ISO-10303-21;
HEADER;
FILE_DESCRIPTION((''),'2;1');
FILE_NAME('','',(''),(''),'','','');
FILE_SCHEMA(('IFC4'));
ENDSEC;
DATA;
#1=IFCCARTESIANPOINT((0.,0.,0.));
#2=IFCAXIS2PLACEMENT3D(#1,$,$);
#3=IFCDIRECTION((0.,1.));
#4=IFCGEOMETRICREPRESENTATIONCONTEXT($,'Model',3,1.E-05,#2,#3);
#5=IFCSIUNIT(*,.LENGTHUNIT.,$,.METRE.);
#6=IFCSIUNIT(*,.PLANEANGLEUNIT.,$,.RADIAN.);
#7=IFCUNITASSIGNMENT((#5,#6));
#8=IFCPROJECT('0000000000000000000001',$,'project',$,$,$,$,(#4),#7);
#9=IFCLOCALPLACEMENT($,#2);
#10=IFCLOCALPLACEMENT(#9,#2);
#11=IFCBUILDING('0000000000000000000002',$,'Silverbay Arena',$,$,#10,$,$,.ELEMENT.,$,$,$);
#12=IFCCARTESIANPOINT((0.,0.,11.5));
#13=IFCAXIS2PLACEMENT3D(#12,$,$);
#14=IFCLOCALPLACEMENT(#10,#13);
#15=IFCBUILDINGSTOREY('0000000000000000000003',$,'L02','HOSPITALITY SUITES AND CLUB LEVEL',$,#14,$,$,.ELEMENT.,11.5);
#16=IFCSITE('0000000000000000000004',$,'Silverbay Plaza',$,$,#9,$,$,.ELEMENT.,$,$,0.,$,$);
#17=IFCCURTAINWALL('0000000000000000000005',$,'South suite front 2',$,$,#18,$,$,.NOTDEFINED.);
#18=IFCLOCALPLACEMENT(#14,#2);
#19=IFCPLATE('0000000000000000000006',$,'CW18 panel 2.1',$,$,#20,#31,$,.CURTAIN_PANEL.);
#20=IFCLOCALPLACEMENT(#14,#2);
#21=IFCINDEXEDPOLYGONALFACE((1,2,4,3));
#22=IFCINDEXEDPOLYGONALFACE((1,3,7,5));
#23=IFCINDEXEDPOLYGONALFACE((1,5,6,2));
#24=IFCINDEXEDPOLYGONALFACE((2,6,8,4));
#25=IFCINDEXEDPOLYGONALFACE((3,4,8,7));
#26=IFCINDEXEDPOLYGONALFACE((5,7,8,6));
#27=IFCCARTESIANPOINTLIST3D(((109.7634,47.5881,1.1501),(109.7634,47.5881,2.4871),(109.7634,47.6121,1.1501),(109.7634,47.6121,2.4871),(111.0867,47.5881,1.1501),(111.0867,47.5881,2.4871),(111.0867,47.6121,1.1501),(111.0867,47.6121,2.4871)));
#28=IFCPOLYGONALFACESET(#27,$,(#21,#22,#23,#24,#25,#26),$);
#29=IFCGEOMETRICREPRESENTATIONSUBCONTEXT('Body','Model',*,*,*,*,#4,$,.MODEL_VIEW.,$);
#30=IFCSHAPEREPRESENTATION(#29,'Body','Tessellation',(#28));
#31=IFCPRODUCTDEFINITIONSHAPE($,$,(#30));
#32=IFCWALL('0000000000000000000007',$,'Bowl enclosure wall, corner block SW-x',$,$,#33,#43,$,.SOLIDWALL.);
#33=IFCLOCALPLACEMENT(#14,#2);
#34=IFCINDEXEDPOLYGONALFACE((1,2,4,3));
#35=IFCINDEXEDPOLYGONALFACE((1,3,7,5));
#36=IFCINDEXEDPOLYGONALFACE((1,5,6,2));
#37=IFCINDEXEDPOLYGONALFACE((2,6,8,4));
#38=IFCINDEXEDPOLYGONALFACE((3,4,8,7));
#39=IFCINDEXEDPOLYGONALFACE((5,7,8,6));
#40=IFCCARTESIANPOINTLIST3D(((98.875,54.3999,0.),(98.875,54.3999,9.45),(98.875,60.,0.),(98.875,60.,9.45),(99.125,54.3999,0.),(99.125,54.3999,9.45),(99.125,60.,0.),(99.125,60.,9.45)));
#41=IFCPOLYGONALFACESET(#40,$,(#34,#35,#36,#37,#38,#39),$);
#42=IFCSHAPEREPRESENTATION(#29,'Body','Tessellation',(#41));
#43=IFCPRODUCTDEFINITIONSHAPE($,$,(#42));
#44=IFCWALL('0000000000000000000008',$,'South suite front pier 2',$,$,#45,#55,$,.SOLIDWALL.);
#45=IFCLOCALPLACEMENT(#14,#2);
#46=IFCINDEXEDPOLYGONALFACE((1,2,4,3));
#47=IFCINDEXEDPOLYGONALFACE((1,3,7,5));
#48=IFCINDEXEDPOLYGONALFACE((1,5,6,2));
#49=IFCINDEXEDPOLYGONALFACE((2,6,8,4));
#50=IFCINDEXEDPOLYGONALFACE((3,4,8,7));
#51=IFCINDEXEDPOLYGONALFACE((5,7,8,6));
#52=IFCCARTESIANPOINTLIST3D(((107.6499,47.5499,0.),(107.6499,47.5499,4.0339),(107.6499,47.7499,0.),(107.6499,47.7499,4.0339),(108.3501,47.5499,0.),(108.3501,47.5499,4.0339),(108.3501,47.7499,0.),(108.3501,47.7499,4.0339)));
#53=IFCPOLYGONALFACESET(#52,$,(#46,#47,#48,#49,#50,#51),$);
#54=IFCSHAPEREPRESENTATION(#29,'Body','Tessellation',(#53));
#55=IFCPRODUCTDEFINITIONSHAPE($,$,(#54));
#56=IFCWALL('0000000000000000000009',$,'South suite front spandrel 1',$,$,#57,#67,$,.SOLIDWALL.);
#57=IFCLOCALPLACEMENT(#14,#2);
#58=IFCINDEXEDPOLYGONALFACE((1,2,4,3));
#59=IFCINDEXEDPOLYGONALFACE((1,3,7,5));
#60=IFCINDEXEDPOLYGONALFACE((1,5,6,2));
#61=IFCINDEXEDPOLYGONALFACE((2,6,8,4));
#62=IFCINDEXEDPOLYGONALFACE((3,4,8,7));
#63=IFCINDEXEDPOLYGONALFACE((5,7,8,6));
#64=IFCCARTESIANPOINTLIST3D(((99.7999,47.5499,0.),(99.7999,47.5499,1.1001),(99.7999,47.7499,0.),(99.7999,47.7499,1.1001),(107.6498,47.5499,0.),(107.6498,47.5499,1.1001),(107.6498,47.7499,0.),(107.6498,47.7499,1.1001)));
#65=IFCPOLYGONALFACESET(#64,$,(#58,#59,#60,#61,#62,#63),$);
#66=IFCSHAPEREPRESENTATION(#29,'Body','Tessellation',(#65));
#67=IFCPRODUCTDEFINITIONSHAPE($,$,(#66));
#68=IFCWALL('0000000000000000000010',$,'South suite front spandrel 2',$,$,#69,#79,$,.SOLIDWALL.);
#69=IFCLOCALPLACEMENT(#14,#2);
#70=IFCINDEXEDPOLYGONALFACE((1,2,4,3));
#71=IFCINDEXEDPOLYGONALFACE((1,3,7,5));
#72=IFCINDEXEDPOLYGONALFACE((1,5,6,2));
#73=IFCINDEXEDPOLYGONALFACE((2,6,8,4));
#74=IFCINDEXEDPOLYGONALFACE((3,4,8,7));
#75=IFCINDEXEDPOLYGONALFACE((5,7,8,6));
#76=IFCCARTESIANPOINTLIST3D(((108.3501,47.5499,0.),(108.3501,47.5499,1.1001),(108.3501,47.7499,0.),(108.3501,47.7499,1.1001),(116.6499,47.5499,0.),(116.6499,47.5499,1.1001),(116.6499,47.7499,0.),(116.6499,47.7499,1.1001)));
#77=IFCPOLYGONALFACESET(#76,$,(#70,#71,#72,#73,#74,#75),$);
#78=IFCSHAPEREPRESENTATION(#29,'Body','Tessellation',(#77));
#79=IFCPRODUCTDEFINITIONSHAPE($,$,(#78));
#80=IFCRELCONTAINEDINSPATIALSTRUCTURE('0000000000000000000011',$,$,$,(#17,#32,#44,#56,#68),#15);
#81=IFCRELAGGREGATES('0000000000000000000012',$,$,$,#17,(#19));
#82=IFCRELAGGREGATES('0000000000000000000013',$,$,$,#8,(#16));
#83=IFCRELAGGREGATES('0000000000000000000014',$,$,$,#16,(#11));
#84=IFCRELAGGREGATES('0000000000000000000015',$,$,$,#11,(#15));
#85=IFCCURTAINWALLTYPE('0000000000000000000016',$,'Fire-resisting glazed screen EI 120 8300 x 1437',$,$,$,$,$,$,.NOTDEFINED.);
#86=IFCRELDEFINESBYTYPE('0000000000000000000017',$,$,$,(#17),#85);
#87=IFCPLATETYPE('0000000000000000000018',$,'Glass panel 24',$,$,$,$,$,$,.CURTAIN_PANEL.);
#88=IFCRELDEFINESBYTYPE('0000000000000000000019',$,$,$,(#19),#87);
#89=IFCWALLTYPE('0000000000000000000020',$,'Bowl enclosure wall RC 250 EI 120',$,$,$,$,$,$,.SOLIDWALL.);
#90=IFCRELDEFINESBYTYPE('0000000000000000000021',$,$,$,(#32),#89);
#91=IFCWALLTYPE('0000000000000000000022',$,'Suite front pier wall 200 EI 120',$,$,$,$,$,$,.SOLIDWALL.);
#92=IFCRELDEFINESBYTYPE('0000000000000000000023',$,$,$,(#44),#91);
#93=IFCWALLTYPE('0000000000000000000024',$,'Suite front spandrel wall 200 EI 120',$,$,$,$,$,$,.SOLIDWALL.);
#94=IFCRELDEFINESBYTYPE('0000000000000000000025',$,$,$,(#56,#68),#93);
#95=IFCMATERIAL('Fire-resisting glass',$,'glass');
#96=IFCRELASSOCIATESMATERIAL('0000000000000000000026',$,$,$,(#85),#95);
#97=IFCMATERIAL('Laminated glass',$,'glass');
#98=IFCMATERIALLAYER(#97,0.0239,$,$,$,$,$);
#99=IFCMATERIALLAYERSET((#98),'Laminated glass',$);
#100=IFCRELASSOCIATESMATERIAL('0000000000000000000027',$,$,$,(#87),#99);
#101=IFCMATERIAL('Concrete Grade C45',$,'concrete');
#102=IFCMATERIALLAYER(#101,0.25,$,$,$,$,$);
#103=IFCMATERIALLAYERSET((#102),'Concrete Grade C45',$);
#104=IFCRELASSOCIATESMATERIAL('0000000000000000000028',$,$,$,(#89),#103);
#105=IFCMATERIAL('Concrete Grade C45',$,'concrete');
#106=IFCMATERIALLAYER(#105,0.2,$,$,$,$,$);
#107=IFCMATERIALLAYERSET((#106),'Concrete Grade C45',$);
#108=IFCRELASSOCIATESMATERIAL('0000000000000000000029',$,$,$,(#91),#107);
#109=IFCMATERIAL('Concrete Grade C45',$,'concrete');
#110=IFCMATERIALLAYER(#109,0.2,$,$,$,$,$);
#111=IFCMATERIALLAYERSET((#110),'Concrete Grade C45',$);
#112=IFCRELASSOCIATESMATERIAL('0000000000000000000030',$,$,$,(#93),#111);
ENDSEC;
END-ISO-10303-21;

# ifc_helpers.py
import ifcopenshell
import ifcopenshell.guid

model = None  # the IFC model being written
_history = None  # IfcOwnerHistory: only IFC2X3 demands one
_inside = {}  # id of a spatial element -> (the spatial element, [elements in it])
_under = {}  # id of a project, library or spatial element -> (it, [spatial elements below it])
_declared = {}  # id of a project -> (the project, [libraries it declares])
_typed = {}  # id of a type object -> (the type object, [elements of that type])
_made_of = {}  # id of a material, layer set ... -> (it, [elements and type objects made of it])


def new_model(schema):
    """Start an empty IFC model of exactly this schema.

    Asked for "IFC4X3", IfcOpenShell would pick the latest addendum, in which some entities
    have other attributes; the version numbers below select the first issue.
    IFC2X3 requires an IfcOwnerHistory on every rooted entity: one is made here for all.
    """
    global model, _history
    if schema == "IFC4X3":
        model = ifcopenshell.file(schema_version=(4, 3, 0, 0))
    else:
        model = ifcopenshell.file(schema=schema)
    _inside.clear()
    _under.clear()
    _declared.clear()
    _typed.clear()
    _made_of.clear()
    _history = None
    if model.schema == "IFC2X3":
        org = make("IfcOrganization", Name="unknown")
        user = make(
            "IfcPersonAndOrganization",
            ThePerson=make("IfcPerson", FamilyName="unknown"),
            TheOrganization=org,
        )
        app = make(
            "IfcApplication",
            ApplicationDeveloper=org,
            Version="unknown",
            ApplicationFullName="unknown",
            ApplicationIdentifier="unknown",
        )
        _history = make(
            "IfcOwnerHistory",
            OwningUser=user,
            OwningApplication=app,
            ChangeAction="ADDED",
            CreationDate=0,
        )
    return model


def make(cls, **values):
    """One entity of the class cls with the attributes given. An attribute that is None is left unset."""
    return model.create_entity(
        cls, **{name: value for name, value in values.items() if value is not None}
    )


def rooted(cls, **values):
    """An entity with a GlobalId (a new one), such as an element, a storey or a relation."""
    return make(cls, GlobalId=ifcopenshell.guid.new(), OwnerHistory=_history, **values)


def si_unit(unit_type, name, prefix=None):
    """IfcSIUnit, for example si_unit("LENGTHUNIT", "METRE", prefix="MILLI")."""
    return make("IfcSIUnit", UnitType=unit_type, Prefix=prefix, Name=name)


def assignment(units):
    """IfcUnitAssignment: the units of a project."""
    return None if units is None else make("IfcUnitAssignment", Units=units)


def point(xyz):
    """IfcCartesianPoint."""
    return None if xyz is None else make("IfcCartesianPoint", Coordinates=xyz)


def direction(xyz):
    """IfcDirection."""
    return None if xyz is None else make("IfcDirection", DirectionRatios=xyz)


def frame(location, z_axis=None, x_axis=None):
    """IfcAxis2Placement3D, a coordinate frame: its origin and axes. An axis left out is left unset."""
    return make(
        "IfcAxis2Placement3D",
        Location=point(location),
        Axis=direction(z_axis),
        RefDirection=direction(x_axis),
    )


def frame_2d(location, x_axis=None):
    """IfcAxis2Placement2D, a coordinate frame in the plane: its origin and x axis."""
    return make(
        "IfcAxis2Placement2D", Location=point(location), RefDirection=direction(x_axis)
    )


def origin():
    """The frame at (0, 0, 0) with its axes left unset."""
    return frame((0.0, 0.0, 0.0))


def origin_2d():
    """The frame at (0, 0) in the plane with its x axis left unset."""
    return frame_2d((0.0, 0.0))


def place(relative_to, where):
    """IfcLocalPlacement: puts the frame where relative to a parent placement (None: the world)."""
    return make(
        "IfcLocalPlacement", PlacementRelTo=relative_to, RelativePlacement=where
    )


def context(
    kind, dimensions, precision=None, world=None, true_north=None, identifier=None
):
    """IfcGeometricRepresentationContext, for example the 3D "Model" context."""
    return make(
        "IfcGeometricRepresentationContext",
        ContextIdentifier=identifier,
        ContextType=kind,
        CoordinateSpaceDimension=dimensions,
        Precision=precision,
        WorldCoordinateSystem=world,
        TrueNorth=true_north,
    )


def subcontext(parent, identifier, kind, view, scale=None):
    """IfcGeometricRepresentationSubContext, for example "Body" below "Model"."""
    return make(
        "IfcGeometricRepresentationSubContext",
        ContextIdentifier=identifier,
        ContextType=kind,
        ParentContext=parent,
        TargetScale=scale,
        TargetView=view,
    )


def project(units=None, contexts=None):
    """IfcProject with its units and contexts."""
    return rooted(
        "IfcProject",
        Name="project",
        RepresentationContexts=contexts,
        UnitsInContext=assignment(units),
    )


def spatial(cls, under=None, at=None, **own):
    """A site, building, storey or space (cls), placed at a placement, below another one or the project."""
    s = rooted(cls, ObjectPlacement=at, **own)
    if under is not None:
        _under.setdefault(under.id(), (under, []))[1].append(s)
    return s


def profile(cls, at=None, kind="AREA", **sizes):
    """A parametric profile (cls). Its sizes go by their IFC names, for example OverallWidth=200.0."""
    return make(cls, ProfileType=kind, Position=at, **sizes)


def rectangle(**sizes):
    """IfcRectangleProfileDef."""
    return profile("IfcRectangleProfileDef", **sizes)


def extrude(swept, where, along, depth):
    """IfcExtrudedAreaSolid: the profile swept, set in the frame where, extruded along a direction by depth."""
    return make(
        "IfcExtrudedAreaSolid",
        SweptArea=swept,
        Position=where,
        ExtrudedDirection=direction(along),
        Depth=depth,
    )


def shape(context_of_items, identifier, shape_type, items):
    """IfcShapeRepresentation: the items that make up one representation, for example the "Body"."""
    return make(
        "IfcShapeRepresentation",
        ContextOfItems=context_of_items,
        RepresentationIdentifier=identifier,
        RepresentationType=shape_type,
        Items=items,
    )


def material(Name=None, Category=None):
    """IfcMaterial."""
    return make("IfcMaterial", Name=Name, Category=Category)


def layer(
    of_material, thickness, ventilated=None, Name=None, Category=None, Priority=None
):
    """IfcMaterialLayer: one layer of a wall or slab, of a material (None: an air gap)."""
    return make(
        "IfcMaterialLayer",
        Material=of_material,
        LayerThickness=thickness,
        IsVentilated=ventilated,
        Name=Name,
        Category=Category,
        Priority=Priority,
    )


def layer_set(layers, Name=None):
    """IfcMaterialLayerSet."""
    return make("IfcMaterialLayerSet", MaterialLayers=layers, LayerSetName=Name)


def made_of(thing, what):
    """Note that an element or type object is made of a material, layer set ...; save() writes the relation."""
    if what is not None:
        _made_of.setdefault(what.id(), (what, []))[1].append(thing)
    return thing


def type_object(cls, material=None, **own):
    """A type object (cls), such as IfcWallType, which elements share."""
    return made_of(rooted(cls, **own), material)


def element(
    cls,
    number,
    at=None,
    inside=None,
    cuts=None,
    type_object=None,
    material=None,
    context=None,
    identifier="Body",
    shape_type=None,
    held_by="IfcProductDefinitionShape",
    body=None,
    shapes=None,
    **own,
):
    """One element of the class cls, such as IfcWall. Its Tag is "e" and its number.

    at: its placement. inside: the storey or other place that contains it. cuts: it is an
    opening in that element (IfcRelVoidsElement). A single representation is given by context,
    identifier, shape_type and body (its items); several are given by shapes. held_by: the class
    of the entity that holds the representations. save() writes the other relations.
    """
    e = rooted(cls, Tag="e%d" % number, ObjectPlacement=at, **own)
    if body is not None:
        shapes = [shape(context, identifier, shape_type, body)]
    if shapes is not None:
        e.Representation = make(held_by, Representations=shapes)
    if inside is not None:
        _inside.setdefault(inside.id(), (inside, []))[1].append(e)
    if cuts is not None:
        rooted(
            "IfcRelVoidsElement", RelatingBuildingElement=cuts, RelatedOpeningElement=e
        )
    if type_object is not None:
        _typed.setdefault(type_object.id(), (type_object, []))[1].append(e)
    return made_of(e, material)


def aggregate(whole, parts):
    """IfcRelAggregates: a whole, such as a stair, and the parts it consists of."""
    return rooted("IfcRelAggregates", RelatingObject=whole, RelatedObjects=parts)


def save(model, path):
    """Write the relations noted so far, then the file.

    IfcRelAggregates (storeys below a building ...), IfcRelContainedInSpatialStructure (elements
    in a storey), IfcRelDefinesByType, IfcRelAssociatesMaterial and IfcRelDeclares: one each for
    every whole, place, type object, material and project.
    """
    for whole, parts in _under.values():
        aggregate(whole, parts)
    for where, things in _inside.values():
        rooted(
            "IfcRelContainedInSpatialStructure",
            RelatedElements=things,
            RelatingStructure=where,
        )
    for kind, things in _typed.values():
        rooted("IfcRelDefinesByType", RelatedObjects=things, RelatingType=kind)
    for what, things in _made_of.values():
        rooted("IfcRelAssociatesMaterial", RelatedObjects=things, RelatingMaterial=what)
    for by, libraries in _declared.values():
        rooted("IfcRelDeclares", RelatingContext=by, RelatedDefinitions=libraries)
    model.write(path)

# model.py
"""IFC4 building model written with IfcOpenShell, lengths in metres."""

from ifc_helpers import new_model, si_unit, direction, frame, frame_2d, origin, origin_2d, place, context, subcontext, project, spatial, rectangle, extrude, material, layer, layer_set, type_object, element, aggregate, save


model = new_model("IFC4")

# Units and contexts
model_context = context("Model", 3, precision=1e-05, world=origin(), true_north=direction((0.0, 1.0)))
body_context = subcontext(model_context, "Body", "Model", "MODEL_VIEW")
ifc_project = project(units=[si_unit("LENGTHUNIT", "METRE"), si_unit("PLANEANGLEUNIT", "RADIAN")], contexts=[model_context])

# Site, building, storey
site_placement = place(None, origin())
site = spatial("IfcSite", under=ifc_project, at=site_placement, Name="Silverbay Plaza", CompositionType="ELEMENT", RefElevation=0.0)
building_placement = place(site_placement, origin())
building = spatial("IfcBuilding", under=site, at=building_placement, Name="Silverbay Arena", CompositionType="ELEMENT")
storey_placement = place(building_placement, frame((0.0, 0.0, 11.5)))
storey = spatial("IfcBuildingStorey", under=building, at=storey_placement, Name="L02", Description="HOSPITALITY SUITES AND CLUB LEVEL", CompositionType="ELEMENT", Elevation=11.5)

# Curtain wall
ifc_material_1 = material(Name="Fire-resisting glass", Category="glass")
curtain_wall_type_1 = type_object("IfcCurtainWallType", Name="Fire-resisting glazed screen EI 120 8300 x 1437", PredefinedType="NOTDEFINED", material=ifc_material_1)
curtain_wall_1_placement = place(storey_placement, origin())
curtain_wall_1 = element("IfcCurtainWall", 1, at=curtain_wall_1_placement, inside=storey, type_object=curtain_wall_type_1, Name="South suite front 2", PredefinedType="NOTDEFINED")

# Plate
ifc_material_2 = material(Name="Laminated glass", Category="glass")
ifc_layer_1 = layer(ifc_material_2, 0.0239)
ifc_layer_set_1 = layer_set([ifc_layer_1], Name="Laminated glass")
plate_type = type_object("IfcPlateType", Name="Glass panel 24", PredefinedType="CURTAIN_PANEL", material=ifc_layer_set_1)
plate_1_placement = place(storey_placement, frame((110.425, 47.6001, 1.1501), z_axis=(0.0, 0.0, 1.0), x_axis=(1.0, 0.0, 0.0)))
plate_1 = element("IfcPlate", 2, at=plate_1_placement, type_object=plate_type, Name="CW18 panel 2.1", PredefinedType="CURTAIN_PANEL", context=body_context, shape_type="SweptSolid", body=[
    extrude(rectangle(XDim=1.3232, YDim=0.0239, at=origin_2d()), origin(), (0.0, 0.0, 1.0), 1.3369),
])
aggregate(curtain_wall_1, [plate_1])

# Walls
ifc_material_3 = material(Name="Concrete Grade C45", Category="concrete")
ifc_layer_2 = layer(ifc_material_3, 0.25)
ifc_layer_set_2 = layer_set([ifc_layer_2], Name="Concrete Grade C45")
wall_type_1 = type_object("IfcWallType", Name="Bowl enclosure wall RC 250 EI 120", PredefinedType="SOLIDWALL", material=ifc_layer_set_2)
wall_1_placement = place(storey_placement, frame((99.0, 54.3999, 0.0), z_axis=(0.0, 0.0, 1.0), x_axis=(0.0, 1.0, 0.0)))
element("IfcWall", 3, at=wall_1_placement, inside=storey, type_object=wall_type_1, Name="Bowl enclosure wall, corner block SW-x", PredefinedType="SOLIDWALL", context=body_context, shape_type="SweptSolid", body=[
    extrude(rectangle(XDim=5.6001, YDim=0.25, at=frame_2d((2.8, 0.0))), origin(), (0.0, 0.0, 1.0), 9.45),
])
ifc_material_4 = material(Name="Concrete Grade C45", Category="concrete")
ifc_layer_3 = layer(ifc_material_4, 0.2)
ifc_layer_set_3 = layer_set([ifc_layer_3], Name="Concrete Grade C45")
wall_type_2 = type_object("IfcWallType", Name="Suite front pier wall 200 EI 120", PredefinedType="SOLIDWALL", material=ifc_layer_set_3)
wall_2_placement = place(storey_placement, frame((107.6499, 47.6499, 0.0), z_axis=(0.0, 0.0, 1.0), x_axis=(1.0, 0.0, 0.0)))
element("IfcWall", 4, at=wall_2_placement, inside=storey, type_object=wall_type_2, Name="South suite front pier 2", PredefinedType="SOLIDWALL", context=body_context, shape_type="SweptSolid", body=[
    extrude(rectangle(XDim=0.7002, YDim=0.2, at=frame_2d((0.3501, 0.0))), origin(), (0.0, 0.0, 1.0), 4.0339),
])
ifc_material_5 = material(Name="Concrete Grade C45", Category="concrete")
ifc_layer_4 = layer(ifc_material_5, 0.2)
ifc_layer_set_4 = layer_set([ifc_layer_4], Name="Concrete Grade C45")
wall_type_3 = type_object("IfcWallType", Name="Suite front spandrel wall 200 EI 120", PredefinedType="SOLIDWALL", material=ifc_layer_set_4)
wall_3_placement = place(storey_placement, frame((99.8, 47.6499, 0.0), z_axis=(0.0, 0.0, 1.0), x_axis=(1.0, 0.0, 0.0)))
element("IfcWall", 5, at=wall_3_placement, inside=storey, type_object=wall_type_3, Name="South suite front spandrel 1", PredefinedType="SOLIDWALL", context=body_context, shape_type="SweptSolid", body=[
    extrude(rectangle(XDim=7.8499, YDim=0.2, at=frame_2d((3.9248, 0.0))), origin(), (0.0, 0.0, 1.0), 1.1001),
])
wall_4_placement = place(storey_placement, frame((108.3501, 47.6499, 0.0), z_axis=(0.0, 0.0, 1.0), x_axis=(1.0, 0.0, 0.0)))
element("IfcWall", 6, at=wall_4_placement, inside=storey, type_object=wall_type_3, Name="South suite front spandrel 2", PredefinedType="SOLIDWALL", context=body_context, shape_type="SweptSolid", body=[
    extrude(rectangle(XDim=8.2998, YDim=0.2, at=frame_2d((4.1499, 0.0))), origin(), (0.0, 0.0, 1.0), 1.1001),
])

save(model, "model.ifc")
